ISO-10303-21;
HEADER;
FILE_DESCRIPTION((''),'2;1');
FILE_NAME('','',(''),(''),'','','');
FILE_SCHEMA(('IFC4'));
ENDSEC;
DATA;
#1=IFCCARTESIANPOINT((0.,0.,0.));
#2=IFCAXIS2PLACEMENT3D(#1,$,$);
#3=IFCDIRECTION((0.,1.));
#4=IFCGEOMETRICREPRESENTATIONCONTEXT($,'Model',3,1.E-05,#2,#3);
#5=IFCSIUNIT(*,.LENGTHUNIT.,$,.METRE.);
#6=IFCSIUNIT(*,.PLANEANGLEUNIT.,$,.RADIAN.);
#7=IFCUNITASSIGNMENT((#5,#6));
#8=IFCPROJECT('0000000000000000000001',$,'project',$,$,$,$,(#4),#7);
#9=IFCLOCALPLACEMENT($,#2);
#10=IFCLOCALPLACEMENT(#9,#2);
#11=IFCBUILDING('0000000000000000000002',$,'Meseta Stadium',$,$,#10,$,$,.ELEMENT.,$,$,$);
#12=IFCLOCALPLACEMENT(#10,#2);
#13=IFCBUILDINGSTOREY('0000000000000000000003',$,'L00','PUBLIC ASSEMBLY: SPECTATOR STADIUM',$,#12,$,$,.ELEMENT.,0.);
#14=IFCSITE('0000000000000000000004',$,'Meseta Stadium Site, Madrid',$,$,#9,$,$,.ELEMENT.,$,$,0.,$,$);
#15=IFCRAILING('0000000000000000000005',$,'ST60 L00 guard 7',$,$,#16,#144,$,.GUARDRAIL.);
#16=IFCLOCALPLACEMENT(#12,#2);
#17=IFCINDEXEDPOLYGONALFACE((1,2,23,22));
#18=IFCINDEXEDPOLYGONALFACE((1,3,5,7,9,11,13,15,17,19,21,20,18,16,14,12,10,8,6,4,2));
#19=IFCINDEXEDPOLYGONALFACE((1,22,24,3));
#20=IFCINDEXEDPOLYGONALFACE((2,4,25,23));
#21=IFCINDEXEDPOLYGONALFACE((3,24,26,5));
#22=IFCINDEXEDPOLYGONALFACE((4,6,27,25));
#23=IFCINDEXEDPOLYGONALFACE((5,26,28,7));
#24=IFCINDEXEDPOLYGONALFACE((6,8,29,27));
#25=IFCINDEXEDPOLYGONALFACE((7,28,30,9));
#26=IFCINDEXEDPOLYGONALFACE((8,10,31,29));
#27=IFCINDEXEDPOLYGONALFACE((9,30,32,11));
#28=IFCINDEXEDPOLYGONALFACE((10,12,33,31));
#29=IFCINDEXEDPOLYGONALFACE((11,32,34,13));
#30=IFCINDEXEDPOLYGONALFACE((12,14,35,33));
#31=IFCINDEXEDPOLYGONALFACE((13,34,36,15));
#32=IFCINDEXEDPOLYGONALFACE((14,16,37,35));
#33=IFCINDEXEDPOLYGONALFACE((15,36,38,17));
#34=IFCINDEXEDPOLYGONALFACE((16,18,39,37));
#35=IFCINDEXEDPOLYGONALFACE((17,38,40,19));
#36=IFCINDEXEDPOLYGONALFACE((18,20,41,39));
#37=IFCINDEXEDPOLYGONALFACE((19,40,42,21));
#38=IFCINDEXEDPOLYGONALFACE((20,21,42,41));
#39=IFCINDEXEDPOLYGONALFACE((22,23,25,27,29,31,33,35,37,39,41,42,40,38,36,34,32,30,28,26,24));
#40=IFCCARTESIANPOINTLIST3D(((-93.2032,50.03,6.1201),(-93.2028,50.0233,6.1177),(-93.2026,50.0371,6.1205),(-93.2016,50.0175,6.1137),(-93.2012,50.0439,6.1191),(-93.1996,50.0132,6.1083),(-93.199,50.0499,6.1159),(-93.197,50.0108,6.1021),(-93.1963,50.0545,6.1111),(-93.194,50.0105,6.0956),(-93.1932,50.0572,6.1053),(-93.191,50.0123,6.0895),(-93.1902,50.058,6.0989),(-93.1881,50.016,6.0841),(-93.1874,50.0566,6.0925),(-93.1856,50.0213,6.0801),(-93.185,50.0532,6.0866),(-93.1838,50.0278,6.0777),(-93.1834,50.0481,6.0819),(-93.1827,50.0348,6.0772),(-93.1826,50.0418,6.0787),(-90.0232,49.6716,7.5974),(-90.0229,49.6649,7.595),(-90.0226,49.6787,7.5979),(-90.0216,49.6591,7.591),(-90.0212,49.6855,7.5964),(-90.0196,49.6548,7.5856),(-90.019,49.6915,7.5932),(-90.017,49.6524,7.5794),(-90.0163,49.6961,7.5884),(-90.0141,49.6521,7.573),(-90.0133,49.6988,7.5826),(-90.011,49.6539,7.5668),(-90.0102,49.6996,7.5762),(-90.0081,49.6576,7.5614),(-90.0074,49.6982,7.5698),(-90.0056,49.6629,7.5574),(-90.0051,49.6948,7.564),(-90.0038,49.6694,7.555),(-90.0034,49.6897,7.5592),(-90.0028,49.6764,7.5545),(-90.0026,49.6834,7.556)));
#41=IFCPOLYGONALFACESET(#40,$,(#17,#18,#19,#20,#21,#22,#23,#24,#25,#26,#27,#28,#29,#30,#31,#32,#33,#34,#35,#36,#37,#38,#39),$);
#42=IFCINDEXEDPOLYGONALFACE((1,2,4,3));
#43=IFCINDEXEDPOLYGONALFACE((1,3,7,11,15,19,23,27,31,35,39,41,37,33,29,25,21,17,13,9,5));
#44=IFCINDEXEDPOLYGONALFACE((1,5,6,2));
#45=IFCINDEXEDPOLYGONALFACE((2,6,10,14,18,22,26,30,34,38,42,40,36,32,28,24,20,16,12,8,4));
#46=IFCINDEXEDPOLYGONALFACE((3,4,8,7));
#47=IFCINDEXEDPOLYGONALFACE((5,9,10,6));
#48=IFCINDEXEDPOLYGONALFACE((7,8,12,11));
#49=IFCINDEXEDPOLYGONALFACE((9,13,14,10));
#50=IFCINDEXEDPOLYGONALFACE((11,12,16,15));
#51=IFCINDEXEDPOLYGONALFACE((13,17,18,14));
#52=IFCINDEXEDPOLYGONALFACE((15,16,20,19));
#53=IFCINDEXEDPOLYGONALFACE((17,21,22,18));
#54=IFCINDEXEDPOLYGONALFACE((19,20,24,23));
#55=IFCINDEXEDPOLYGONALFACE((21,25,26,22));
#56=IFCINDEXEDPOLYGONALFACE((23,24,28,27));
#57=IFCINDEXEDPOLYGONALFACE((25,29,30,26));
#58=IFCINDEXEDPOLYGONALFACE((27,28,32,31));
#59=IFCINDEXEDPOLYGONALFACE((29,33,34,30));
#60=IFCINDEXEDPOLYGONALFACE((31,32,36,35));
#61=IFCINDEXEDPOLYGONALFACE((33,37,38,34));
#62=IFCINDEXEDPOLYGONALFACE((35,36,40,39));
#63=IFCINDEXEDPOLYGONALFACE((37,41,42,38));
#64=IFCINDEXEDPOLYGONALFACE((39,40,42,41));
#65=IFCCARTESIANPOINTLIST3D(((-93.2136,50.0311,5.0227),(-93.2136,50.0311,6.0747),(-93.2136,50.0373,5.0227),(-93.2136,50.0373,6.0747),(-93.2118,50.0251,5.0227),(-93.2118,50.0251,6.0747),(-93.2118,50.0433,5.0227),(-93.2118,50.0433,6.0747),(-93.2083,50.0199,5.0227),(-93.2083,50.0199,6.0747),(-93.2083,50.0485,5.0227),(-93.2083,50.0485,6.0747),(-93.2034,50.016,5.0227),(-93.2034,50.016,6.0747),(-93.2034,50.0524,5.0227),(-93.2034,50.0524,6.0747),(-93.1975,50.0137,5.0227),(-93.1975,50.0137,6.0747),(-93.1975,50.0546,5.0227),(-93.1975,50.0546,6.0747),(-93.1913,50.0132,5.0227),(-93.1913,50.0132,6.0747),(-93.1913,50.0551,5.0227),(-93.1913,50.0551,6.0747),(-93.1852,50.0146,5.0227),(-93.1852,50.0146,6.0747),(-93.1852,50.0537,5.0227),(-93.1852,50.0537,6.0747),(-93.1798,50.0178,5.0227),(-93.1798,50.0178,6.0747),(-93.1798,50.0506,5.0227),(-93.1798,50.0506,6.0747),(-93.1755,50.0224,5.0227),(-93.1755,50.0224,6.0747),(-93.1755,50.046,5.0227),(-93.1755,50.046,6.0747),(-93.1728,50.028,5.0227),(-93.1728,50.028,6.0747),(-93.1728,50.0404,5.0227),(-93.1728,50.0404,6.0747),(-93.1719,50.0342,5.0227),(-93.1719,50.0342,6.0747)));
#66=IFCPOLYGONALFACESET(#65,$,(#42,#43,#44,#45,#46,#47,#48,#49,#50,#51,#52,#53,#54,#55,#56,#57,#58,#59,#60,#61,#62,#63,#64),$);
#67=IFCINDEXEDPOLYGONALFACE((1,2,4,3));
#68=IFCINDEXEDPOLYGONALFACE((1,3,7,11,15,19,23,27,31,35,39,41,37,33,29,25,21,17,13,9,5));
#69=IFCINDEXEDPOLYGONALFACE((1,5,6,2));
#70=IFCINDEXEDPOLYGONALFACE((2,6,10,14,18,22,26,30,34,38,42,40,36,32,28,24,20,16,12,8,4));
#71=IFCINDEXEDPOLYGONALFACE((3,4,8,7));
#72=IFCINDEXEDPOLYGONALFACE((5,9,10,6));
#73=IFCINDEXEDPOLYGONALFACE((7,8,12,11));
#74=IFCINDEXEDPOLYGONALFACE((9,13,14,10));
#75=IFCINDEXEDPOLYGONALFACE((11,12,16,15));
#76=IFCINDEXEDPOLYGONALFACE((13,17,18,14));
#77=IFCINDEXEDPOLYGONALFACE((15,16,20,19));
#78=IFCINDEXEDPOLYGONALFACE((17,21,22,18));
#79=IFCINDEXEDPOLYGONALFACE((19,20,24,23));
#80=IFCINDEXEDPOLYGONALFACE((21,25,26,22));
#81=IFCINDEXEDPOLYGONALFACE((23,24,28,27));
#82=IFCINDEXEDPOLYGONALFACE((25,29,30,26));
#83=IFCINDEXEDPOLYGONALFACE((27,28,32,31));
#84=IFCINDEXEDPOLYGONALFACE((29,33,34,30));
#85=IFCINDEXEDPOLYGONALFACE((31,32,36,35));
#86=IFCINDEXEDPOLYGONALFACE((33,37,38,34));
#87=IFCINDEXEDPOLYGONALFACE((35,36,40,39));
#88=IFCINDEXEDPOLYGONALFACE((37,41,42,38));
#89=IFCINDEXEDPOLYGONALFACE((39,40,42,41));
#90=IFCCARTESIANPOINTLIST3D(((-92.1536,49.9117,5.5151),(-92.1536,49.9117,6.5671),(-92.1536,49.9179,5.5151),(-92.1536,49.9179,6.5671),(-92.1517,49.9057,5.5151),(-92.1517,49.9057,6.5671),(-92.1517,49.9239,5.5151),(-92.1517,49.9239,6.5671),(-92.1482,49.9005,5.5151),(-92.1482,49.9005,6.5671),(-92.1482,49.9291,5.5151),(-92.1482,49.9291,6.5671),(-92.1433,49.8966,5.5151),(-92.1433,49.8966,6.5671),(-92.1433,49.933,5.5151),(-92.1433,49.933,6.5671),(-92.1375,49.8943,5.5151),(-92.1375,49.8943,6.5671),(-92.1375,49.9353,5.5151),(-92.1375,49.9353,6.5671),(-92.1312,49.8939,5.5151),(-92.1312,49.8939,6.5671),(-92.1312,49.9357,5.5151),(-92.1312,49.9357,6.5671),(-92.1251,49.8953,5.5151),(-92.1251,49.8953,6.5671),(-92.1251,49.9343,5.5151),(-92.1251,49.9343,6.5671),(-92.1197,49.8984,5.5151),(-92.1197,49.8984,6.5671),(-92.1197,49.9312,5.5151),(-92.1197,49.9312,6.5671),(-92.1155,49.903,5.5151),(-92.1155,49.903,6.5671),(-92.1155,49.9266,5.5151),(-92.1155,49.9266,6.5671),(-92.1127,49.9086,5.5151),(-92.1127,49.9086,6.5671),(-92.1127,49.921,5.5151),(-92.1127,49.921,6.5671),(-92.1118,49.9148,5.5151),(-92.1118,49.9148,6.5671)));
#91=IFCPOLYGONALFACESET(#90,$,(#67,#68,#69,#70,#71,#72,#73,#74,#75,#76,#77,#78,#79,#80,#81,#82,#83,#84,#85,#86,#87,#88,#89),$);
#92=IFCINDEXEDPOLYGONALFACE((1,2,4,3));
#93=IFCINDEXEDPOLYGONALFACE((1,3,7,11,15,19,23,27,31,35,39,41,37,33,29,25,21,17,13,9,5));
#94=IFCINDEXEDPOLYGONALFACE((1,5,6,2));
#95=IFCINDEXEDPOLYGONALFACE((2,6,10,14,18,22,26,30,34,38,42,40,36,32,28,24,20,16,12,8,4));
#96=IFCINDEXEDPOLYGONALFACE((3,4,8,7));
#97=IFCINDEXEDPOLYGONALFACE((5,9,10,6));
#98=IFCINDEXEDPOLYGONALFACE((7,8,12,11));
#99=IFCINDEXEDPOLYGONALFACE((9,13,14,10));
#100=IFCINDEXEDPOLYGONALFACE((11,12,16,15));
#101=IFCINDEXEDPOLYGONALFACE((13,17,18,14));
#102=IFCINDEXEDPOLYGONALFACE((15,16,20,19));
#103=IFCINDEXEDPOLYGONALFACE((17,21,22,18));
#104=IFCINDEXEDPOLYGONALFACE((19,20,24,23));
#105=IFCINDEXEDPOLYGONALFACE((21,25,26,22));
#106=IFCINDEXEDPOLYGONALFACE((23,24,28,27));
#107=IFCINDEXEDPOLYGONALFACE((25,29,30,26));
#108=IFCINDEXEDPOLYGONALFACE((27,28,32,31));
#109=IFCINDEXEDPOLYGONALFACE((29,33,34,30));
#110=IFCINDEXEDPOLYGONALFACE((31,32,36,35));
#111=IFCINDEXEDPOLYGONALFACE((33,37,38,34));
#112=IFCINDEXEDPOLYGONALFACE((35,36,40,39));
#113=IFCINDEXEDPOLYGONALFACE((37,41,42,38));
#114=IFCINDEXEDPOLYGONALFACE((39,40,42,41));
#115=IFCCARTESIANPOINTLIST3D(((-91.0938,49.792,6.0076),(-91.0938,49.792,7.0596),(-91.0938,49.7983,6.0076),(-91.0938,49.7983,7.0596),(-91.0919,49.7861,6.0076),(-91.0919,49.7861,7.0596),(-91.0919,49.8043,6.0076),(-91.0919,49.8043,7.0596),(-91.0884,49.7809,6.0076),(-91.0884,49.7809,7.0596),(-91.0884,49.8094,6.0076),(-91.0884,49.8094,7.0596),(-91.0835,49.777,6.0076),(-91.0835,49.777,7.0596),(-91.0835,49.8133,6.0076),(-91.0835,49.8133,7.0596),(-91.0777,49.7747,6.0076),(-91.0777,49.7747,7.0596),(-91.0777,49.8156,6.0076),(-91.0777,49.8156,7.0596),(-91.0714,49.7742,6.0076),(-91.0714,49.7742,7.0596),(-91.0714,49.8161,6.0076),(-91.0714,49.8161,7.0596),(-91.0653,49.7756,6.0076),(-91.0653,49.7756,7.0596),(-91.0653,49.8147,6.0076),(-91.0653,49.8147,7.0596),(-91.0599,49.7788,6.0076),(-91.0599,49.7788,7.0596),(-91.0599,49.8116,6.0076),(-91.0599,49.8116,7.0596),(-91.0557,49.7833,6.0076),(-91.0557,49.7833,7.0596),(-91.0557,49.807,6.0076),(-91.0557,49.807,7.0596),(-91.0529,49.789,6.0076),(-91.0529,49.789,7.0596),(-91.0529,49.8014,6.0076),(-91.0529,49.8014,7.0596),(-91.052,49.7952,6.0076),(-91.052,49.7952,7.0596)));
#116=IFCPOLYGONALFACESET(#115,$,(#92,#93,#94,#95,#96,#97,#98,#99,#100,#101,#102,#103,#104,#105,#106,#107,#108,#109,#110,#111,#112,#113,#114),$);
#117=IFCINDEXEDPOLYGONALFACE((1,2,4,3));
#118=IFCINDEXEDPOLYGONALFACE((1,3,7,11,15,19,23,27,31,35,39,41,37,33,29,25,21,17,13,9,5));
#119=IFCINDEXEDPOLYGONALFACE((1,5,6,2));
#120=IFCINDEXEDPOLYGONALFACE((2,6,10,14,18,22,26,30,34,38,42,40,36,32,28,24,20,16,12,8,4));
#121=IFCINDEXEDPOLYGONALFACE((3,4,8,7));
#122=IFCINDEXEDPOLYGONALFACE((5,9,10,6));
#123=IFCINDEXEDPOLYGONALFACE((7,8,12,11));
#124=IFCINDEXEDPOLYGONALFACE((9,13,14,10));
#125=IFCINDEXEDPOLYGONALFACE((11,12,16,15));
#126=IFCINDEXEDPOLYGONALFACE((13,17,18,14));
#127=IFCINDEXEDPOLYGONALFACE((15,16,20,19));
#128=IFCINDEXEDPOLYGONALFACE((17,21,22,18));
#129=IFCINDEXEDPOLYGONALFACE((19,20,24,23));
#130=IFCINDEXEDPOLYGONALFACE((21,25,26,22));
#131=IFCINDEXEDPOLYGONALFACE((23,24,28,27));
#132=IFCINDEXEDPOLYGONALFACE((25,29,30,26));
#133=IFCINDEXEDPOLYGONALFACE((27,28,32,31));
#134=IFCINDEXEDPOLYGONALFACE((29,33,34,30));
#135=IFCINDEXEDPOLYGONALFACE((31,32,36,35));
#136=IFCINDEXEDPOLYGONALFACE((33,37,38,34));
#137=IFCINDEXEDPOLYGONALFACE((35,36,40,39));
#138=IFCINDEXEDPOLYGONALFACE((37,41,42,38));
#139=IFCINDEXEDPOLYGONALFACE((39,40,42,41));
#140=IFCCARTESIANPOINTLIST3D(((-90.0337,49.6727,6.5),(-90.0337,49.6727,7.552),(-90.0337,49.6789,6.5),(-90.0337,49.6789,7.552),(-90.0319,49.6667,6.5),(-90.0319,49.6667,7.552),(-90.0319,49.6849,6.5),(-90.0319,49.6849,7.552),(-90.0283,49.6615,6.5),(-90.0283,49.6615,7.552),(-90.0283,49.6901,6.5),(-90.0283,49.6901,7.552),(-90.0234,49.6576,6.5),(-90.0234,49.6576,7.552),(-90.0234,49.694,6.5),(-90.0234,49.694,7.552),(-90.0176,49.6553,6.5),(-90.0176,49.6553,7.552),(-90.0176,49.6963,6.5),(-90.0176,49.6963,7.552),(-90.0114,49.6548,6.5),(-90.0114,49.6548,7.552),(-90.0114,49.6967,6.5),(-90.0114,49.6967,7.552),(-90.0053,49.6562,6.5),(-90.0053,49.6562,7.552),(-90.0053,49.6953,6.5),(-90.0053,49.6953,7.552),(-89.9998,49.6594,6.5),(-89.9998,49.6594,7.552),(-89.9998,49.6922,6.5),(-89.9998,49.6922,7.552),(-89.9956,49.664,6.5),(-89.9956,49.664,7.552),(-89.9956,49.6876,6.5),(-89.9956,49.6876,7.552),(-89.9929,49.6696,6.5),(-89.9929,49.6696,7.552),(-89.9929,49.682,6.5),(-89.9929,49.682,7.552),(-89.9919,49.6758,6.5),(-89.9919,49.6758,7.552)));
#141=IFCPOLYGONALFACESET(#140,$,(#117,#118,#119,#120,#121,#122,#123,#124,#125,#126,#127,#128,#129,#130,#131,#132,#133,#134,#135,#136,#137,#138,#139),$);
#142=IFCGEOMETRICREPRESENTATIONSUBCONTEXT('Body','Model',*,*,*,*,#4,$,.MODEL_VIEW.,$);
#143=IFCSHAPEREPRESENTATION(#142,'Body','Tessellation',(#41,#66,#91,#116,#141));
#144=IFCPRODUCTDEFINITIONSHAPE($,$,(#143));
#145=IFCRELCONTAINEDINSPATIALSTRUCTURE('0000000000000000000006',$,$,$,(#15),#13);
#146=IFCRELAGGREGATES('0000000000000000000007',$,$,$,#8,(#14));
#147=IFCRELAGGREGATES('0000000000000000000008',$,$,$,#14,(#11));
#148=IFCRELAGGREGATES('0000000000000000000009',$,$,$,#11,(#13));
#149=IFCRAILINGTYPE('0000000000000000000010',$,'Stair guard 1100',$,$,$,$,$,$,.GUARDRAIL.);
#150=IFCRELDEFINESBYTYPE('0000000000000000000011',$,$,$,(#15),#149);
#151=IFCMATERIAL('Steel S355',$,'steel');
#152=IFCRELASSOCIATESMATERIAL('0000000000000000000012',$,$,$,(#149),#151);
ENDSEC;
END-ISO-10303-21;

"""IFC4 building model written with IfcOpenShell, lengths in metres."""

from ifc_helpers import new_model, si_unit, direction, frame, origin, origin_2d, place, context, subcontext, project, spatial, circle, extrude, material, type_object, element, save


model = new_model("IFC4")

# Units and contexts
model_context = context("Model", 3, precision=1e-05, world=origin(), true_north=direction((0.0, 1.0)))
body_context = subcontext(model_context, "Body", "Model", "MODEL_VIEW")
ifc_project = project(units=[si_unit("LENGTHUNIT", "METRE"), si_unit("PLANEANGLEUNIT", "RADIAN")], contexts=[model_context])

# Site, building, storey
site_placement = place(None, origin())
site = spatial("IfcSite", under=ifc_project, at=site_placement, Name="Meseta Stadium Site, Madrid", CompositionType="ELEMENT", RefElevation=0.0)
building_placement = place(site_placement, origin())
building = spatial("IfcBuilding", under=site, at=building_placement, Name="Meseta Stadium", CompositionType="ELEMENT")
storey_placement = place(building_placement, origin())
storey = spatial("IfcBuildingStorey", under=building, at=storey_placement, Name="L00", Description="PUBLIC ASSEMBLY: SPECTATOR STADIUM", CompositionType="ELEMENT", Elevation=0.0)

# Railing
ifc_material_1 = material(Name="Steel S355", Category="steel")
railing_type_1 = type_object("IfcRailingType", Name="Stair guard 1100", PredefinedType="GUARDRAIL", material=ifc_material_1)
railing_1_placement = place(storey_placement, frame((-93.1929, 50.0342, 5.0227)))
element("IfcRailing", 1, at=railing_1_placement, inside=storey, type_object=railing_type_1, Name="ST60 L00 guard 7", PredefinedType="GUARDRAIL", context=body_context, shape_type="SweptSolid", body=[
    extrude(circle(Radius=0.0239, at=origin_2d()), frame((0.0, 0.0, 1.0762), z_axis=(0.90221, -0.101685, 0.419138), x_axis=(0.111997, 0.993709, 0.0)), (0.0, 0.0, 1.0), 3.5247),
    extrude(circle(Radius=0.021, at=origin_2d()), origin(), (0.0, 0.0, 1.0), 1.052),
    extrude(circle(Radius=0.021, at=origin_2d()), frame((1.0601, -0.1194, 0.4924)), (0.0, 0.0, 1.0), 1.052),
    extrude(circle(Radius=0.021, at=origin_2d()), frame((2.1199, -0.239, 0.9849)), (0.0, 0.0, 1.0), 1.052),
    extrude(circle(Radius=0.021, at=origin_2d()), frame((3.1799, -0.3584, 1.4773)), (0.0, 0.0, 1.0), 1.052),
])

save(model, "model.ifc")
